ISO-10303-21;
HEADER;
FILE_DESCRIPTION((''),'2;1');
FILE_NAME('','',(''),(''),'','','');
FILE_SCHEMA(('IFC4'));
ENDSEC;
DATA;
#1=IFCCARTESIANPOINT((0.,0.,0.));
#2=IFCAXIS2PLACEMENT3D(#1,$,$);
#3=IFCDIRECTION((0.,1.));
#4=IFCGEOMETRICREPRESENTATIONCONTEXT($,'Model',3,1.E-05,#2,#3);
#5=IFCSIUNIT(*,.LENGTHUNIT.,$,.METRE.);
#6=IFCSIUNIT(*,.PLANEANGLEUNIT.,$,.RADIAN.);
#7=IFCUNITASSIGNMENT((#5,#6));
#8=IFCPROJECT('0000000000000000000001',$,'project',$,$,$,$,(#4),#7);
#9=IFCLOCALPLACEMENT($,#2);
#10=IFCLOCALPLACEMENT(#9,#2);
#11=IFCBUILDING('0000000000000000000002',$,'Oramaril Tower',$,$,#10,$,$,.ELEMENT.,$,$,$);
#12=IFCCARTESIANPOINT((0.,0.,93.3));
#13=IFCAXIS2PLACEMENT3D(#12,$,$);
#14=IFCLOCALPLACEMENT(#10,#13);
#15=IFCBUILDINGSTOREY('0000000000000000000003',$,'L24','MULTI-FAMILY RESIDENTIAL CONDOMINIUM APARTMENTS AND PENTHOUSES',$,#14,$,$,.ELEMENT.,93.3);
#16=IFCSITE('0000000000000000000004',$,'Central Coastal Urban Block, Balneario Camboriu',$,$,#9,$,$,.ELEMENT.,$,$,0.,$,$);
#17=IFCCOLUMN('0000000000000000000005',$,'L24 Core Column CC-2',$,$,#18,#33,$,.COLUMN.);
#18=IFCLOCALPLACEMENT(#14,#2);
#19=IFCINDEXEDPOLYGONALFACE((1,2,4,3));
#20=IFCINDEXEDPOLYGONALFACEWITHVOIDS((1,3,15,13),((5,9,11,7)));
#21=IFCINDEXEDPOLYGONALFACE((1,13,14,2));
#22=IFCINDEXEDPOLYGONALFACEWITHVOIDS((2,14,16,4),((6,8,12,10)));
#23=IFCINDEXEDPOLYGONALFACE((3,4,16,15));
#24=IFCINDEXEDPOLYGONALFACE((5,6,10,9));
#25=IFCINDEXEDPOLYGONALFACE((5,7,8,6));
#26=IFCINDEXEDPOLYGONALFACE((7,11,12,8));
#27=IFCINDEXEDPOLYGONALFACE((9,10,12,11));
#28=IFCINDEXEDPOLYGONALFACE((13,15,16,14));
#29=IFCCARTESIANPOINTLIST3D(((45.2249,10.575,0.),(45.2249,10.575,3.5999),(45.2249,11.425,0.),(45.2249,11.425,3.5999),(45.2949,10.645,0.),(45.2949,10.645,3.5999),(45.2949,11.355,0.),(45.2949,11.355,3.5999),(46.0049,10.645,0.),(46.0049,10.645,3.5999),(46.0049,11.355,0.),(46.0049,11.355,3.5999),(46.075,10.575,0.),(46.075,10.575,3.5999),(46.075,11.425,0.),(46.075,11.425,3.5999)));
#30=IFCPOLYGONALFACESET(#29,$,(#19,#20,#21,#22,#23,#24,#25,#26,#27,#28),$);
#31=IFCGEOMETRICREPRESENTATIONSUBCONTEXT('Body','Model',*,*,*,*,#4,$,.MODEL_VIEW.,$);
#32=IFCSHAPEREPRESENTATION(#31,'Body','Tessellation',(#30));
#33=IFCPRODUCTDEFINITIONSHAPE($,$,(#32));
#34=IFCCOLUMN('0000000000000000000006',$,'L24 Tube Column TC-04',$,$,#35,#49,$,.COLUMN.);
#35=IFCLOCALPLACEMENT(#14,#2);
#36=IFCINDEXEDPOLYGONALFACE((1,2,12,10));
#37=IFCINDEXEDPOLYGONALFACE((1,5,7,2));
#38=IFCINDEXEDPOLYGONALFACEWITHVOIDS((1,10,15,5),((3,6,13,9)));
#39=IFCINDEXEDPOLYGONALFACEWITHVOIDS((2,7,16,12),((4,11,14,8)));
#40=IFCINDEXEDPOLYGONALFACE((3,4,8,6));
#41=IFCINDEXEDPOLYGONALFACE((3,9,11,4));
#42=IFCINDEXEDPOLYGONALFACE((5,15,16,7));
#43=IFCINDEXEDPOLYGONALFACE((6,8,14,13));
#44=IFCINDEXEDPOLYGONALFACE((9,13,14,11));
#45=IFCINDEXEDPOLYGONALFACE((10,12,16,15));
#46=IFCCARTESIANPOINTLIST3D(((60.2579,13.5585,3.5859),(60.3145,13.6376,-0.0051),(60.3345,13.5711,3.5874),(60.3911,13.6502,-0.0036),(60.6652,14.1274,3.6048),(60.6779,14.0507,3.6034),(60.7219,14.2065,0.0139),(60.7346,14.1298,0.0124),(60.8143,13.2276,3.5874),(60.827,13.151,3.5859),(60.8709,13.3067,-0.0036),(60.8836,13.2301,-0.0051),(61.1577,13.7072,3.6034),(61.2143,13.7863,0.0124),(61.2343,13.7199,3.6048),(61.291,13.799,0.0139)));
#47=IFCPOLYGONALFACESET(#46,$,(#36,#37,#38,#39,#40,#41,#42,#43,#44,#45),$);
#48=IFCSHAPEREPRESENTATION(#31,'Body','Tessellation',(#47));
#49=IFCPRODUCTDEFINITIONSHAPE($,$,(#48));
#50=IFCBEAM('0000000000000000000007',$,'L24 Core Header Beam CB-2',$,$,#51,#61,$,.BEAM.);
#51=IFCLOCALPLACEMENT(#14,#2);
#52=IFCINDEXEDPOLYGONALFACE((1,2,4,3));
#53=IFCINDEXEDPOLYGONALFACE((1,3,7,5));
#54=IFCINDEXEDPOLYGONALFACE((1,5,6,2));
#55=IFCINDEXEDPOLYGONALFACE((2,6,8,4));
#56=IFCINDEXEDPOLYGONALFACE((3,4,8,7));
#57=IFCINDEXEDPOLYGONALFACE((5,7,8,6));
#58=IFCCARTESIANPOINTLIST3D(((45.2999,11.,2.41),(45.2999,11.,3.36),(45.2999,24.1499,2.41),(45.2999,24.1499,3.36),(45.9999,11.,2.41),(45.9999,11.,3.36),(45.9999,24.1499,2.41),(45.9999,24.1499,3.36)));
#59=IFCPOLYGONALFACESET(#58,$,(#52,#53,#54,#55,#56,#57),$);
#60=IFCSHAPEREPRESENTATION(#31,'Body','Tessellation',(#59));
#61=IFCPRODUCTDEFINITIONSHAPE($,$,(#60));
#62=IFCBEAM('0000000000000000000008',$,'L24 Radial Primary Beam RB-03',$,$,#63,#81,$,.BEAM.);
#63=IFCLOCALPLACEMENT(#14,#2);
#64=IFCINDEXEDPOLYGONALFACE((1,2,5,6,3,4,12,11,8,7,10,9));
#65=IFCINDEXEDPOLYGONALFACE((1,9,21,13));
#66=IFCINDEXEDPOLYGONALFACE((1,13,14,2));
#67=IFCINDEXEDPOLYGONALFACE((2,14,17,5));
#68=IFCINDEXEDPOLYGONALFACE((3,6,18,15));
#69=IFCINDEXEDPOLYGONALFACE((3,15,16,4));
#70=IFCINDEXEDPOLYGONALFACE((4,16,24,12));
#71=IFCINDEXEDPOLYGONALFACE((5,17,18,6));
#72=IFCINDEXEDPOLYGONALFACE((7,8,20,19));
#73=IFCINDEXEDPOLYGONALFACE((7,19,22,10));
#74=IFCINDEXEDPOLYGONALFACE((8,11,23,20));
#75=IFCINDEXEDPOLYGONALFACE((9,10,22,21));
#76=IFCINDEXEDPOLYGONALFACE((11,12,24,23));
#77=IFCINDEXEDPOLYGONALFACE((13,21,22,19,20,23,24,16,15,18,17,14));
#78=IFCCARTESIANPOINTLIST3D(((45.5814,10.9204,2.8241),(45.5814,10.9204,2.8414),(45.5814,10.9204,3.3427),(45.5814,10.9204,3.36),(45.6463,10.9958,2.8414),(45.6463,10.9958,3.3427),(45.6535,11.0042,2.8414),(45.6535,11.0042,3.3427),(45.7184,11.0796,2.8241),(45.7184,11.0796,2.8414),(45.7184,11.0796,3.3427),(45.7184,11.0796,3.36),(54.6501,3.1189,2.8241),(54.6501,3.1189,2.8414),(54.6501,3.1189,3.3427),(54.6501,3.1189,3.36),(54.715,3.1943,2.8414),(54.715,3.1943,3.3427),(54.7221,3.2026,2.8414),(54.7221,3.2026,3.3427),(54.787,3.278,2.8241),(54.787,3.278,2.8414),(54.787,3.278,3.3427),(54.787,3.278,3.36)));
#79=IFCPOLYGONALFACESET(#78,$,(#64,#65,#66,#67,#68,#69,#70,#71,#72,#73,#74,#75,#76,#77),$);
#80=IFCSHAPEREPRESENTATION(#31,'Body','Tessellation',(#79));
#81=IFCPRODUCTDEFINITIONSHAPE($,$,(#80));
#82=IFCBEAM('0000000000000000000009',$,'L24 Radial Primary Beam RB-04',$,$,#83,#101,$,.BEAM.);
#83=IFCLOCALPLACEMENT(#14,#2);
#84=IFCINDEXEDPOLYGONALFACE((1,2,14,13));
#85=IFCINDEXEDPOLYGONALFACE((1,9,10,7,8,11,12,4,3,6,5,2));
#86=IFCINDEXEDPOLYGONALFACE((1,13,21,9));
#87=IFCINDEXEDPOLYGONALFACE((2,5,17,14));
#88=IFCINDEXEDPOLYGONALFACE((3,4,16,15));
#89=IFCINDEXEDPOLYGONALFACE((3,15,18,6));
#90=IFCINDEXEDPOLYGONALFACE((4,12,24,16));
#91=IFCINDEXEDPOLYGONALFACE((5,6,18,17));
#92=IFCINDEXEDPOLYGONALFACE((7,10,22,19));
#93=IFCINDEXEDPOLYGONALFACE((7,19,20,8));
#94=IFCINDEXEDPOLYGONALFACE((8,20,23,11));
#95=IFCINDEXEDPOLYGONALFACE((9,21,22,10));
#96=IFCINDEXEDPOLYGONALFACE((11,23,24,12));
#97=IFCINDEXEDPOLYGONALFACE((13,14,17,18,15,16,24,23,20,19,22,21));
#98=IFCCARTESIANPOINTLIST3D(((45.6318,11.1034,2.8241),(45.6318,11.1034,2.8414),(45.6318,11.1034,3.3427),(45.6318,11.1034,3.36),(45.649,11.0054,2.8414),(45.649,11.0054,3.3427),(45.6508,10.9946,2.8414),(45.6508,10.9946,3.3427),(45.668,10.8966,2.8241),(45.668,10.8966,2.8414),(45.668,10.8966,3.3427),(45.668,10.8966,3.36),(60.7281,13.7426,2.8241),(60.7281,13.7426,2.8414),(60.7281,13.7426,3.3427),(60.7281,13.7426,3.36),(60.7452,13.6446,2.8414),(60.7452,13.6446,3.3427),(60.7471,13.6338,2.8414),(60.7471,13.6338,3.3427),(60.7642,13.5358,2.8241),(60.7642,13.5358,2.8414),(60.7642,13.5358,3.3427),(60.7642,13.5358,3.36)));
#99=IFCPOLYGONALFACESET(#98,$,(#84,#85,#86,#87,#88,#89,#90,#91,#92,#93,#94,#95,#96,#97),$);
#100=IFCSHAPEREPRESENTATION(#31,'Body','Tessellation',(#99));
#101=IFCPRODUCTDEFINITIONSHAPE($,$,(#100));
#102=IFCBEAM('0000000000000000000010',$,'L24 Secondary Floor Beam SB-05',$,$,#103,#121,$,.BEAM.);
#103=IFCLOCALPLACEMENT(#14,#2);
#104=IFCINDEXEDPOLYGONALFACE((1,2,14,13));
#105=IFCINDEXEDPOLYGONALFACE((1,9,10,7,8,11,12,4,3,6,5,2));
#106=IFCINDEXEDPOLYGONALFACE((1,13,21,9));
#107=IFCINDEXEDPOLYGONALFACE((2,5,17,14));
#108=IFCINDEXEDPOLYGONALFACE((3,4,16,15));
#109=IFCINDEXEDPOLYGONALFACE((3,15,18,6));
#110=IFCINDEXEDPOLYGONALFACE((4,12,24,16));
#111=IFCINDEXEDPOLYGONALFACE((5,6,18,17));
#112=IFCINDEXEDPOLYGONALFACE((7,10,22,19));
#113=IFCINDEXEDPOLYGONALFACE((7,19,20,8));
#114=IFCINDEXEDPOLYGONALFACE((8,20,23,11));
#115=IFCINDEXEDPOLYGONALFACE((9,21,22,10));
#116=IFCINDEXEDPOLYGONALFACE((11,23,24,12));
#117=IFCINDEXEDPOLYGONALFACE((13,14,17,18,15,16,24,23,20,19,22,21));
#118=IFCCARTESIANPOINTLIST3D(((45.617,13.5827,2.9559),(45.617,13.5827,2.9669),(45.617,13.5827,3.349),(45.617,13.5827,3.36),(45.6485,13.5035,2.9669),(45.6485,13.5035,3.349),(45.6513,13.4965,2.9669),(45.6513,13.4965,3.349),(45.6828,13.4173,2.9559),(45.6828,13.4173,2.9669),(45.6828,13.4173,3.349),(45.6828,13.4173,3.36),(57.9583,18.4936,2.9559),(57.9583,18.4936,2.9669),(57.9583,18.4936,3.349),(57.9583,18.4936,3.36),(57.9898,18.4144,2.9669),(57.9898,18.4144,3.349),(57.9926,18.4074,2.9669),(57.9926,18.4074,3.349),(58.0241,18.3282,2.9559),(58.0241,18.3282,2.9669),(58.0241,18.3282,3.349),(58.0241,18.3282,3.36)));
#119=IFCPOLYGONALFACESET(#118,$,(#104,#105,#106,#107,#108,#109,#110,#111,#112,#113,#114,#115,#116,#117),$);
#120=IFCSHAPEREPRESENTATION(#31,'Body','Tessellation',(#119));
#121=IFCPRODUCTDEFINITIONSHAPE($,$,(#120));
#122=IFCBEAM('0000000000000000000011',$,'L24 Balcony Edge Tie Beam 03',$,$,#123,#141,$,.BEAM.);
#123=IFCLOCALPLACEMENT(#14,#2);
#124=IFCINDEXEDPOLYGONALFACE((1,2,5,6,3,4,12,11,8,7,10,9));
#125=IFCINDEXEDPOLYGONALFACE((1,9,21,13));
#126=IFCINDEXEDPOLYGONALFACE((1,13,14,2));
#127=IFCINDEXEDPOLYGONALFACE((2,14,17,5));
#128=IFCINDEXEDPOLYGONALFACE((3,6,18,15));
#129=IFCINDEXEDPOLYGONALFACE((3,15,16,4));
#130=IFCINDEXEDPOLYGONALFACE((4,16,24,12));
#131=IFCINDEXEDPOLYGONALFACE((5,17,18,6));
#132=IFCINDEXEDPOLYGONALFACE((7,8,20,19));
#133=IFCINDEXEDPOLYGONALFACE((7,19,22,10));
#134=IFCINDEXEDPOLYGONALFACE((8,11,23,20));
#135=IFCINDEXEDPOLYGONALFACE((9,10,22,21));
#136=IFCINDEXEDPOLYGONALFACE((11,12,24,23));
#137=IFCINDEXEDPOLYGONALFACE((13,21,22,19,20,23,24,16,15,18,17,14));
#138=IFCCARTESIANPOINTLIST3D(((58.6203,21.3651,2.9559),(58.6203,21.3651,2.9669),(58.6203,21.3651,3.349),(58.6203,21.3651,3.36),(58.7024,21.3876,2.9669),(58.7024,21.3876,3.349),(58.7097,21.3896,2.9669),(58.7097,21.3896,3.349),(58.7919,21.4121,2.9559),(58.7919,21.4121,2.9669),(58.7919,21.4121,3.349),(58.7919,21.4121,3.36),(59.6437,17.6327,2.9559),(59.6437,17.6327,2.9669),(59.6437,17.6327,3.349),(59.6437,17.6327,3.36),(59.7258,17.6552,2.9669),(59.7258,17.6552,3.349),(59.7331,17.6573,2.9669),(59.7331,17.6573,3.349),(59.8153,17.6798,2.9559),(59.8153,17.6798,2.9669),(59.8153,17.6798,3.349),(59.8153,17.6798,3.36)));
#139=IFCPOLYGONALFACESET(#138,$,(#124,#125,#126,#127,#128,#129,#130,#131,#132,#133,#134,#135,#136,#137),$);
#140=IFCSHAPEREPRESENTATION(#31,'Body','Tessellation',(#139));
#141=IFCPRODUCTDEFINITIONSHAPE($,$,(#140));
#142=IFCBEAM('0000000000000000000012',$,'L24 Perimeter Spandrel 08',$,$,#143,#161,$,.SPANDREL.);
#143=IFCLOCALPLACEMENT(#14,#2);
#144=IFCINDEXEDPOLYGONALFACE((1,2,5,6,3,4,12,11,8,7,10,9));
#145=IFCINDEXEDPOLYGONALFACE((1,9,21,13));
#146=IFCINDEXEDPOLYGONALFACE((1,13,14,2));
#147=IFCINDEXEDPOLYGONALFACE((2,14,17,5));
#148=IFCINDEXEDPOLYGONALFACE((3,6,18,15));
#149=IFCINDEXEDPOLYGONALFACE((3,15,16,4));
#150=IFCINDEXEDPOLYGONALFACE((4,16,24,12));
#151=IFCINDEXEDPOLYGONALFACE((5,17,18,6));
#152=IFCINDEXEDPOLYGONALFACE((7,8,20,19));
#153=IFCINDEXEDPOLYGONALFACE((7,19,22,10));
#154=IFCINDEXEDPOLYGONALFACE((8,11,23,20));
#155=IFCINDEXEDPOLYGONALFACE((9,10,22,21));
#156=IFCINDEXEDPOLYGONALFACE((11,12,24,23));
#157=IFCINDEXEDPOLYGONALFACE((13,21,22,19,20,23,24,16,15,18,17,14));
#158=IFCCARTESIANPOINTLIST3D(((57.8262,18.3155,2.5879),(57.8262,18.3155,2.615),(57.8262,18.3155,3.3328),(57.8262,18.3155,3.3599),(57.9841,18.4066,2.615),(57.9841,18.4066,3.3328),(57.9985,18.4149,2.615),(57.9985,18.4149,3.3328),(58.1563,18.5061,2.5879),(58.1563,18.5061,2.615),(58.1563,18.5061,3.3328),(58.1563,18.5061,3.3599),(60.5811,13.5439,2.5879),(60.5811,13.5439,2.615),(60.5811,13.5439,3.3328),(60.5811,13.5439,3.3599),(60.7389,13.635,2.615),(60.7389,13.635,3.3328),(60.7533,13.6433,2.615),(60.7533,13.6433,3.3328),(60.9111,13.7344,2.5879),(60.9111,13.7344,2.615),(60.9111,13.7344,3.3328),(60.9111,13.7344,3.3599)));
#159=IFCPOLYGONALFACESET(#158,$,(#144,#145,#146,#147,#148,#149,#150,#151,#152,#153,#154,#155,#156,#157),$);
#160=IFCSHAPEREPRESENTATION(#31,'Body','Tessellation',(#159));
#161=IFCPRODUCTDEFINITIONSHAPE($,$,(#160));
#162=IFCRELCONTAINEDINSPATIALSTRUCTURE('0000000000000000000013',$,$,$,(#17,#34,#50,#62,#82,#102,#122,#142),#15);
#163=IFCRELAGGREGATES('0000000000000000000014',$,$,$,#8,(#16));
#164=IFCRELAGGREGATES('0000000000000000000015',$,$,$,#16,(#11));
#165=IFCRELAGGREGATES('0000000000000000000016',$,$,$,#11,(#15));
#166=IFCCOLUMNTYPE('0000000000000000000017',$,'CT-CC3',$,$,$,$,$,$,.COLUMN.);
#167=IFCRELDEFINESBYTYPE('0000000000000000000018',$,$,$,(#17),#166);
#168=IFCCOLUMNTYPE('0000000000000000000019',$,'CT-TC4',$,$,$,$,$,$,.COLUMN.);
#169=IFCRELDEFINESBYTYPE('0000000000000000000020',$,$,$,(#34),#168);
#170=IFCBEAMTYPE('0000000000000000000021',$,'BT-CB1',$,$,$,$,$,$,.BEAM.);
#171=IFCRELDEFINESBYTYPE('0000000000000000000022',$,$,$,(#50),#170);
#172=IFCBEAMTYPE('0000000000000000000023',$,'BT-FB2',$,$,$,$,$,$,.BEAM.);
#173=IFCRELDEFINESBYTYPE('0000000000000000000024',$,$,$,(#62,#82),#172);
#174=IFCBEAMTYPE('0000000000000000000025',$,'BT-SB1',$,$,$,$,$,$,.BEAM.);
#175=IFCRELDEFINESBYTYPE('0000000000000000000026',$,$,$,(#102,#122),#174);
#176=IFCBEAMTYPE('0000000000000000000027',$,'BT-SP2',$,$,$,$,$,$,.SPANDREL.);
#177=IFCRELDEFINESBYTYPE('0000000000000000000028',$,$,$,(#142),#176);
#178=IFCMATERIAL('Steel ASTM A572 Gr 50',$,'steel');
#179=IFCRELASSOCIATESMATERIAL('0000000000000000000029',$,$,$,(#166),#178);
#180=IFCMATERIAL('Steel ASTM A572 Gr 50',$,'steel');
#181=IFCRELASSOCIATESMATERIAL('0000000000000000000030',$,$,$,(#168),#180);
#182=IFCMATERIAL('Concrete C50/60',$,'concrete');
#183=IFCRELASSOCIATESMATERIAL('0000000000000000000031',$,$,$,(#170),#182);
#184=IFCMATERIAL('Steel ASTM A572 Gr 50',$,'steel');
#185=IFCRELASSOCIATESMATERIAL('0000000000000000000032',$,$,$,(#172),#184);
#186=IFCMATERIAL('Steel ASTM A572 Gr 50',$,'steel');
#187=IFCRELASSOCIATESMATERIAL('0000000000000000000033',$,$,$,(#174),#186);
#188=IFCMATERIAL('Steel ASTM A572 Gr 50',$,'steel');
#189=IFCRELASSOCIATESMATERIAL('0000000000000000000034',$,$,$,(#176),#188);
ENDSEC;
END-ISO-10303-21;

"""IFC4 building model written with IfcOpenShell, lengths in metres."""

from ifc_helpers import new_model, si_unit, direction, frame, origin, origin_2d, place, context, subcontext, project, spatial, rectangle, hollow_rectangle, i_section, extrude, material, material_profile, profile_set, type_object, element, save


model = new_model("IFC4")

# Units and contexts
model_context = context("Model", 3, precision=1e-05, world=origin(), true_north=direction((0.0, 1.0)))
body_context = subcontext(model_context, "Body", "Model", "MODEL_VIEW")
ifc_project = project(units=[si_unit("LENGTHUNIT", "METRE"), si_unit("PLANEANGLEUNIT", "RADIAN")], contexts=[model_context])

# Site, building, storey
site_placement = place(None, origin())
site = spatial("IfcSite", under=ifc_project, at=site_placement, Name="Central Coastal Urban Block, Balneario Camboriu", CompositionType="ELEMENT", RefElevation=0.0)
building_placement = place(site_placement, origin())
building = spatial("IfcBuilding", under=site, at=building_placement, Name="Oramaril Tower", CompositionType="ELEMENT")
storey_placement = place(building_placement, frame((0.0, 0.0, 93.3)))
storey = spatial("IfcBuildingStorey", under=building, at=storey_placement, Name="L24", Description="MULTI-FAMILY RESIDENTIAL CONDOMINIUM APARTMENTS AND PENTHOUSES", CompositionType="ELEMENT", Elevation=93.3)

# Columns
ifc_material_1 = material(Name="Steel ASTM A572 Gr 50", Category="steel")
ifc_material_profile_1 = material_profile(ifc_material_1, hollow_rectangle(XDim=0.8501, YDim=0.8501, WallThickness=0.0701, at=origin_2d()), Name="BOX850X850X70")
ifc_profile_set_1 = profile_set([ifc_material_profile_1], Name="Steel ASTM A572 Gr 50")
column_type_1 = type_object("IfcColumnType", Name="CT-CC3", PredefinedType="COLUMN", material=ifc_profile_set_1)
column_1_placement = place(storey_placement, frame((45.6499, 11.0, 0.0), z_axis=(0.0, 0.0, 1.0), x_axis=(1.0, 0.0, 0.0)))
element("IfcColumn", 1, at=column_1_placement, inside=storey, type_object=column_type_1, Name="L24 Core Column CC-2", PredefinedType="COLUMN", context=body_context, shape_type="SweptSolid", body=[
    extrude(hollow_rectangle(XDim=0.8501, YDim=0.8501, WallThickness=0.0701, at=origin_2d()), origin(), (0.0, 0.0, 1.0), 3.5999),
])
ifc_material_2 = material(Name="Steel ASTM A572 Gr 50", Category="steel")
ifc_material_profile_2 = material_profile(ifc_material_2, hollow_rectangle(XDim=0.7, YDim=0.7, WallThickness=0.0549, at=origin_2d()), Name="BOX700X700X55")
ifc_profile_set_2 = profile_set([ifc_material_profile_2], Name="Steel ASTM A572 Gr 50")
column_type_2 = type_object("IfcColumnType", Name="CT-TC4", PredefinedType="COLUMN", material=ifc_profile_set_2)
column_2_placement = place(storey_placement, frame((60.8027, 13.7183, 0.0044), z_axis=(-0.015767, -0.022019, 0.999633), x_axis=(0.813055, -0.582187, 0.0)))
element("IfcColumn", 2, at=column_2_placement, inside=storey, type_object=column_type_2, Name="L24 Tube Column TC-04", PredefinedType="COLUMN", context=body_context, shape_type="SweptSolid", body=[
    extrude(hollow_rectangle(XDim=0.7, YDim=0.7, WallThickness=0.0549, at=origin_2d()), origin(), (0.0, 0.0, 1.0), 3.5923),
])

# Beams
ifc_material_3 = material(Name="Concrete C50/60", Category="concrete")
ifc_material_profile_3 = material_profile(ifc_material_3, rectangle(XDim=0.7, YDim=0.95, at=origin_2d()), Name="CB700X950")
ifc_profile_set_3 = profile_set([ifc_material_profile_3], Name="Concrete C50/60")
beam_type_1 = type_object("IfcBeamType", Name="BT-CB1", PredefinedType="BEAM", material=ifc_profile_set_3)
beam_1_placement = place(storey_placement, frame((45.6499, 11.0, 2.885), z_axis=(0.0, 1.0, 0.0), x_axis=(-1.0, 0.0, 0.0)))
element("IfcBeam", 3, at=beam_1_placement, inside=storey, type_object=beam_type_1, Name="L24 Core Header Beam CB-2", PredefinedType="BEAM", context=body_context, shape_type="SweptSolid", body=[
    extrude(rectangle(XDim=0.7, YDim=0.95, at=origin_2d()), origin(), (0.0, 0.0, 1.0), 13.1499),
])
ifc_material_4 = material(Name="Steel ASTM A572 Gr 50", Category="steel")
ifc_material_profile_4 = material_profile(ifc_material_4, i_section(OverallWidth=0.21, OverallDepth=0.5359, WebThickness=0.011, FlangeThickness=0.0173, at=origin_2d()), Name="W21X68")
ifc_profile_set_4 = profile_set([ifc_material_profile_4], Name="Steel ASTM A572 Gr 50")
beam_type_2 = type_object("IfcBeamType", Name="BT-FB2", PredefinedType="BEAM", material=ifc_profile_set_4)
beam_2_placement = place(storey_placement, frame((45.6499, 11.0, 3.092), z_axis=(0.758081, -0.65216, 0.0), x_axis=(0.65216, 0.758081, 0.0)))
element("IfcBeam", 4, at=beam_2_placement, inside=storey, type_object=beam_type_2, Name="L24 Radial Primary Beam RB-03", PredefinedType="BEAM", context=body_context, shape_type="SweptSolid", body=[
    extrude(i_section(OverallWidth=0.21, OverallDepth=0.5359, WebThickness=0.011, FlangeThickness=0.0173, at=origin_2d()), origin(), (0.0, 0.0, 1.0), 11.9626),
])
beam_3_placement = place(storey_placement, frame((45.6499, 11.0, 3.092), z_axis=(0.98506, 0.172211, 0.0), x_axis=(-0.172211, 0.98506, 0.0)))
element("IfcBeam", 5, at=beam_3_placement, inside=storey, type_object=beam_type_2, Name="L24 Radial Primary Beam RB-04", PredefinedType="BEAM", context=body_context, shape_type="SweptSolid", body=[
    extrude(i_section(OverallWidth=0.21, OverallDepth=0.5359, WebThickness=0.011, FlangeThickness=0.0173, at=origin_2d()), origin(), (0.0, 0.0, 1.0), 15.3252),
])
ifc_material_5 = material(Name="Steel ASTM A572 Gr 50", Category="steel")
ifc_material_profile_5 = material_profile(ifc_material_5, i_section(OverallWidth=0.178, OverallDepth=0.4041, WebThickness=0.0076, FlangeThickness=0.011, at=origin_2d()), Name="W16X36")
ifc_profile_set_5 = profile_set([ifc_material_profile_5], Name="Steel ASTM A572 Gr 50")
beam_type_3 = type_object("IfcBeamType", Name="BT-SB1", PredefinedType="BEAM", material=ifc_profile_set_5)
beam_4_placement = place(storey_placement, frame((45.6499, 13.5, 3.158), z_axis=(0.929141, 0.369726, 0.0), x_axis=(-0.369726, 0.929141, 0.0)))
element("IfcBeam", 6, at=beam_4_placement, inside=storey, type_object=beam_type_3, Name="L24 Secondary Floor Beam SB-05", PredefinedType="BEAM", context=body_context, shape_type="SweptSolid", body=[
    extrude(i_section(OverallWidth=0.178, OverallDepth=0.4041, WebThickness=0.0076, FlangeThickness=0.011, at=origin_2d()), origin(), (0.0, 0.0, 1.0), 13.2825),
])
beam_5_placement = place(storey_placement, frame((59.7295, 17.6562, 3.158), z_axis=(-0.264441, 0.964402, 0.0), x_axis=(-0.964402, -0.264441, 0.0)))
element("IfcBeam", 7, at=beam_5_placement, inside=storey, type_object=beam_type_3, Name="L24 Balcony Edge Tie Beam 03", PredefinedType="BEAM", context=body_context, shape_type="SweptSolid", body=[
    extrude(i_section(OverallWidth=0.178, OverallDepth=0.4041, WebThickness=0.0076, FlangeThickness=0.011, at=origin_2d()), origin(), (0.0, 0.0, 1.0), 3.8701),
])
ifc_material_6 = material(Name="Steel ASTM A572 Gr 50", Category="steel")
ifc_material_profile_6 = material_profile(ifc_material_6, i_section(OverallWidth=0.3811, OverallDepth=0.772, WebThickness=0.0166, FlangeThickness=0.0271, at=origin_2d()), Name="W30X173")
ifc_profile_set_6 = profile_set([ifc_material_profile_6], Name="Steel ASTM A572 Gr 50")
beam_type_4 = type_object("IfcBeamType", Name="BT-SP2", PredefinedType="SPANDREL", material=ifc_profile_set_6)
beam_6_placement = place(storey_placement, frame((60.7461, 13.6392, 2.9739), z_axis=(-0.49999, 0.866031, 0.0), x_axis=(-0.866031, -0.49999, 0.0)))
element("IfcBeam", 8, at=beam_6_placement, inside=storey, type_object=beam_type_4, Name="L24 Perimeter Spandrel 08", PredefinedType="SPANDREL", context=body_context, shape_type="SweptSolid", body=[
    extrude(i_section(OverallWidth=0.3811, OverallDepth=0.772, WebThickness=0.0166, FlangeThickness=0.0271, at=origin_2d()), origin(), (0.0, 0.0, 1.0), 5.5098),
])

save(model, "model.ifc")
